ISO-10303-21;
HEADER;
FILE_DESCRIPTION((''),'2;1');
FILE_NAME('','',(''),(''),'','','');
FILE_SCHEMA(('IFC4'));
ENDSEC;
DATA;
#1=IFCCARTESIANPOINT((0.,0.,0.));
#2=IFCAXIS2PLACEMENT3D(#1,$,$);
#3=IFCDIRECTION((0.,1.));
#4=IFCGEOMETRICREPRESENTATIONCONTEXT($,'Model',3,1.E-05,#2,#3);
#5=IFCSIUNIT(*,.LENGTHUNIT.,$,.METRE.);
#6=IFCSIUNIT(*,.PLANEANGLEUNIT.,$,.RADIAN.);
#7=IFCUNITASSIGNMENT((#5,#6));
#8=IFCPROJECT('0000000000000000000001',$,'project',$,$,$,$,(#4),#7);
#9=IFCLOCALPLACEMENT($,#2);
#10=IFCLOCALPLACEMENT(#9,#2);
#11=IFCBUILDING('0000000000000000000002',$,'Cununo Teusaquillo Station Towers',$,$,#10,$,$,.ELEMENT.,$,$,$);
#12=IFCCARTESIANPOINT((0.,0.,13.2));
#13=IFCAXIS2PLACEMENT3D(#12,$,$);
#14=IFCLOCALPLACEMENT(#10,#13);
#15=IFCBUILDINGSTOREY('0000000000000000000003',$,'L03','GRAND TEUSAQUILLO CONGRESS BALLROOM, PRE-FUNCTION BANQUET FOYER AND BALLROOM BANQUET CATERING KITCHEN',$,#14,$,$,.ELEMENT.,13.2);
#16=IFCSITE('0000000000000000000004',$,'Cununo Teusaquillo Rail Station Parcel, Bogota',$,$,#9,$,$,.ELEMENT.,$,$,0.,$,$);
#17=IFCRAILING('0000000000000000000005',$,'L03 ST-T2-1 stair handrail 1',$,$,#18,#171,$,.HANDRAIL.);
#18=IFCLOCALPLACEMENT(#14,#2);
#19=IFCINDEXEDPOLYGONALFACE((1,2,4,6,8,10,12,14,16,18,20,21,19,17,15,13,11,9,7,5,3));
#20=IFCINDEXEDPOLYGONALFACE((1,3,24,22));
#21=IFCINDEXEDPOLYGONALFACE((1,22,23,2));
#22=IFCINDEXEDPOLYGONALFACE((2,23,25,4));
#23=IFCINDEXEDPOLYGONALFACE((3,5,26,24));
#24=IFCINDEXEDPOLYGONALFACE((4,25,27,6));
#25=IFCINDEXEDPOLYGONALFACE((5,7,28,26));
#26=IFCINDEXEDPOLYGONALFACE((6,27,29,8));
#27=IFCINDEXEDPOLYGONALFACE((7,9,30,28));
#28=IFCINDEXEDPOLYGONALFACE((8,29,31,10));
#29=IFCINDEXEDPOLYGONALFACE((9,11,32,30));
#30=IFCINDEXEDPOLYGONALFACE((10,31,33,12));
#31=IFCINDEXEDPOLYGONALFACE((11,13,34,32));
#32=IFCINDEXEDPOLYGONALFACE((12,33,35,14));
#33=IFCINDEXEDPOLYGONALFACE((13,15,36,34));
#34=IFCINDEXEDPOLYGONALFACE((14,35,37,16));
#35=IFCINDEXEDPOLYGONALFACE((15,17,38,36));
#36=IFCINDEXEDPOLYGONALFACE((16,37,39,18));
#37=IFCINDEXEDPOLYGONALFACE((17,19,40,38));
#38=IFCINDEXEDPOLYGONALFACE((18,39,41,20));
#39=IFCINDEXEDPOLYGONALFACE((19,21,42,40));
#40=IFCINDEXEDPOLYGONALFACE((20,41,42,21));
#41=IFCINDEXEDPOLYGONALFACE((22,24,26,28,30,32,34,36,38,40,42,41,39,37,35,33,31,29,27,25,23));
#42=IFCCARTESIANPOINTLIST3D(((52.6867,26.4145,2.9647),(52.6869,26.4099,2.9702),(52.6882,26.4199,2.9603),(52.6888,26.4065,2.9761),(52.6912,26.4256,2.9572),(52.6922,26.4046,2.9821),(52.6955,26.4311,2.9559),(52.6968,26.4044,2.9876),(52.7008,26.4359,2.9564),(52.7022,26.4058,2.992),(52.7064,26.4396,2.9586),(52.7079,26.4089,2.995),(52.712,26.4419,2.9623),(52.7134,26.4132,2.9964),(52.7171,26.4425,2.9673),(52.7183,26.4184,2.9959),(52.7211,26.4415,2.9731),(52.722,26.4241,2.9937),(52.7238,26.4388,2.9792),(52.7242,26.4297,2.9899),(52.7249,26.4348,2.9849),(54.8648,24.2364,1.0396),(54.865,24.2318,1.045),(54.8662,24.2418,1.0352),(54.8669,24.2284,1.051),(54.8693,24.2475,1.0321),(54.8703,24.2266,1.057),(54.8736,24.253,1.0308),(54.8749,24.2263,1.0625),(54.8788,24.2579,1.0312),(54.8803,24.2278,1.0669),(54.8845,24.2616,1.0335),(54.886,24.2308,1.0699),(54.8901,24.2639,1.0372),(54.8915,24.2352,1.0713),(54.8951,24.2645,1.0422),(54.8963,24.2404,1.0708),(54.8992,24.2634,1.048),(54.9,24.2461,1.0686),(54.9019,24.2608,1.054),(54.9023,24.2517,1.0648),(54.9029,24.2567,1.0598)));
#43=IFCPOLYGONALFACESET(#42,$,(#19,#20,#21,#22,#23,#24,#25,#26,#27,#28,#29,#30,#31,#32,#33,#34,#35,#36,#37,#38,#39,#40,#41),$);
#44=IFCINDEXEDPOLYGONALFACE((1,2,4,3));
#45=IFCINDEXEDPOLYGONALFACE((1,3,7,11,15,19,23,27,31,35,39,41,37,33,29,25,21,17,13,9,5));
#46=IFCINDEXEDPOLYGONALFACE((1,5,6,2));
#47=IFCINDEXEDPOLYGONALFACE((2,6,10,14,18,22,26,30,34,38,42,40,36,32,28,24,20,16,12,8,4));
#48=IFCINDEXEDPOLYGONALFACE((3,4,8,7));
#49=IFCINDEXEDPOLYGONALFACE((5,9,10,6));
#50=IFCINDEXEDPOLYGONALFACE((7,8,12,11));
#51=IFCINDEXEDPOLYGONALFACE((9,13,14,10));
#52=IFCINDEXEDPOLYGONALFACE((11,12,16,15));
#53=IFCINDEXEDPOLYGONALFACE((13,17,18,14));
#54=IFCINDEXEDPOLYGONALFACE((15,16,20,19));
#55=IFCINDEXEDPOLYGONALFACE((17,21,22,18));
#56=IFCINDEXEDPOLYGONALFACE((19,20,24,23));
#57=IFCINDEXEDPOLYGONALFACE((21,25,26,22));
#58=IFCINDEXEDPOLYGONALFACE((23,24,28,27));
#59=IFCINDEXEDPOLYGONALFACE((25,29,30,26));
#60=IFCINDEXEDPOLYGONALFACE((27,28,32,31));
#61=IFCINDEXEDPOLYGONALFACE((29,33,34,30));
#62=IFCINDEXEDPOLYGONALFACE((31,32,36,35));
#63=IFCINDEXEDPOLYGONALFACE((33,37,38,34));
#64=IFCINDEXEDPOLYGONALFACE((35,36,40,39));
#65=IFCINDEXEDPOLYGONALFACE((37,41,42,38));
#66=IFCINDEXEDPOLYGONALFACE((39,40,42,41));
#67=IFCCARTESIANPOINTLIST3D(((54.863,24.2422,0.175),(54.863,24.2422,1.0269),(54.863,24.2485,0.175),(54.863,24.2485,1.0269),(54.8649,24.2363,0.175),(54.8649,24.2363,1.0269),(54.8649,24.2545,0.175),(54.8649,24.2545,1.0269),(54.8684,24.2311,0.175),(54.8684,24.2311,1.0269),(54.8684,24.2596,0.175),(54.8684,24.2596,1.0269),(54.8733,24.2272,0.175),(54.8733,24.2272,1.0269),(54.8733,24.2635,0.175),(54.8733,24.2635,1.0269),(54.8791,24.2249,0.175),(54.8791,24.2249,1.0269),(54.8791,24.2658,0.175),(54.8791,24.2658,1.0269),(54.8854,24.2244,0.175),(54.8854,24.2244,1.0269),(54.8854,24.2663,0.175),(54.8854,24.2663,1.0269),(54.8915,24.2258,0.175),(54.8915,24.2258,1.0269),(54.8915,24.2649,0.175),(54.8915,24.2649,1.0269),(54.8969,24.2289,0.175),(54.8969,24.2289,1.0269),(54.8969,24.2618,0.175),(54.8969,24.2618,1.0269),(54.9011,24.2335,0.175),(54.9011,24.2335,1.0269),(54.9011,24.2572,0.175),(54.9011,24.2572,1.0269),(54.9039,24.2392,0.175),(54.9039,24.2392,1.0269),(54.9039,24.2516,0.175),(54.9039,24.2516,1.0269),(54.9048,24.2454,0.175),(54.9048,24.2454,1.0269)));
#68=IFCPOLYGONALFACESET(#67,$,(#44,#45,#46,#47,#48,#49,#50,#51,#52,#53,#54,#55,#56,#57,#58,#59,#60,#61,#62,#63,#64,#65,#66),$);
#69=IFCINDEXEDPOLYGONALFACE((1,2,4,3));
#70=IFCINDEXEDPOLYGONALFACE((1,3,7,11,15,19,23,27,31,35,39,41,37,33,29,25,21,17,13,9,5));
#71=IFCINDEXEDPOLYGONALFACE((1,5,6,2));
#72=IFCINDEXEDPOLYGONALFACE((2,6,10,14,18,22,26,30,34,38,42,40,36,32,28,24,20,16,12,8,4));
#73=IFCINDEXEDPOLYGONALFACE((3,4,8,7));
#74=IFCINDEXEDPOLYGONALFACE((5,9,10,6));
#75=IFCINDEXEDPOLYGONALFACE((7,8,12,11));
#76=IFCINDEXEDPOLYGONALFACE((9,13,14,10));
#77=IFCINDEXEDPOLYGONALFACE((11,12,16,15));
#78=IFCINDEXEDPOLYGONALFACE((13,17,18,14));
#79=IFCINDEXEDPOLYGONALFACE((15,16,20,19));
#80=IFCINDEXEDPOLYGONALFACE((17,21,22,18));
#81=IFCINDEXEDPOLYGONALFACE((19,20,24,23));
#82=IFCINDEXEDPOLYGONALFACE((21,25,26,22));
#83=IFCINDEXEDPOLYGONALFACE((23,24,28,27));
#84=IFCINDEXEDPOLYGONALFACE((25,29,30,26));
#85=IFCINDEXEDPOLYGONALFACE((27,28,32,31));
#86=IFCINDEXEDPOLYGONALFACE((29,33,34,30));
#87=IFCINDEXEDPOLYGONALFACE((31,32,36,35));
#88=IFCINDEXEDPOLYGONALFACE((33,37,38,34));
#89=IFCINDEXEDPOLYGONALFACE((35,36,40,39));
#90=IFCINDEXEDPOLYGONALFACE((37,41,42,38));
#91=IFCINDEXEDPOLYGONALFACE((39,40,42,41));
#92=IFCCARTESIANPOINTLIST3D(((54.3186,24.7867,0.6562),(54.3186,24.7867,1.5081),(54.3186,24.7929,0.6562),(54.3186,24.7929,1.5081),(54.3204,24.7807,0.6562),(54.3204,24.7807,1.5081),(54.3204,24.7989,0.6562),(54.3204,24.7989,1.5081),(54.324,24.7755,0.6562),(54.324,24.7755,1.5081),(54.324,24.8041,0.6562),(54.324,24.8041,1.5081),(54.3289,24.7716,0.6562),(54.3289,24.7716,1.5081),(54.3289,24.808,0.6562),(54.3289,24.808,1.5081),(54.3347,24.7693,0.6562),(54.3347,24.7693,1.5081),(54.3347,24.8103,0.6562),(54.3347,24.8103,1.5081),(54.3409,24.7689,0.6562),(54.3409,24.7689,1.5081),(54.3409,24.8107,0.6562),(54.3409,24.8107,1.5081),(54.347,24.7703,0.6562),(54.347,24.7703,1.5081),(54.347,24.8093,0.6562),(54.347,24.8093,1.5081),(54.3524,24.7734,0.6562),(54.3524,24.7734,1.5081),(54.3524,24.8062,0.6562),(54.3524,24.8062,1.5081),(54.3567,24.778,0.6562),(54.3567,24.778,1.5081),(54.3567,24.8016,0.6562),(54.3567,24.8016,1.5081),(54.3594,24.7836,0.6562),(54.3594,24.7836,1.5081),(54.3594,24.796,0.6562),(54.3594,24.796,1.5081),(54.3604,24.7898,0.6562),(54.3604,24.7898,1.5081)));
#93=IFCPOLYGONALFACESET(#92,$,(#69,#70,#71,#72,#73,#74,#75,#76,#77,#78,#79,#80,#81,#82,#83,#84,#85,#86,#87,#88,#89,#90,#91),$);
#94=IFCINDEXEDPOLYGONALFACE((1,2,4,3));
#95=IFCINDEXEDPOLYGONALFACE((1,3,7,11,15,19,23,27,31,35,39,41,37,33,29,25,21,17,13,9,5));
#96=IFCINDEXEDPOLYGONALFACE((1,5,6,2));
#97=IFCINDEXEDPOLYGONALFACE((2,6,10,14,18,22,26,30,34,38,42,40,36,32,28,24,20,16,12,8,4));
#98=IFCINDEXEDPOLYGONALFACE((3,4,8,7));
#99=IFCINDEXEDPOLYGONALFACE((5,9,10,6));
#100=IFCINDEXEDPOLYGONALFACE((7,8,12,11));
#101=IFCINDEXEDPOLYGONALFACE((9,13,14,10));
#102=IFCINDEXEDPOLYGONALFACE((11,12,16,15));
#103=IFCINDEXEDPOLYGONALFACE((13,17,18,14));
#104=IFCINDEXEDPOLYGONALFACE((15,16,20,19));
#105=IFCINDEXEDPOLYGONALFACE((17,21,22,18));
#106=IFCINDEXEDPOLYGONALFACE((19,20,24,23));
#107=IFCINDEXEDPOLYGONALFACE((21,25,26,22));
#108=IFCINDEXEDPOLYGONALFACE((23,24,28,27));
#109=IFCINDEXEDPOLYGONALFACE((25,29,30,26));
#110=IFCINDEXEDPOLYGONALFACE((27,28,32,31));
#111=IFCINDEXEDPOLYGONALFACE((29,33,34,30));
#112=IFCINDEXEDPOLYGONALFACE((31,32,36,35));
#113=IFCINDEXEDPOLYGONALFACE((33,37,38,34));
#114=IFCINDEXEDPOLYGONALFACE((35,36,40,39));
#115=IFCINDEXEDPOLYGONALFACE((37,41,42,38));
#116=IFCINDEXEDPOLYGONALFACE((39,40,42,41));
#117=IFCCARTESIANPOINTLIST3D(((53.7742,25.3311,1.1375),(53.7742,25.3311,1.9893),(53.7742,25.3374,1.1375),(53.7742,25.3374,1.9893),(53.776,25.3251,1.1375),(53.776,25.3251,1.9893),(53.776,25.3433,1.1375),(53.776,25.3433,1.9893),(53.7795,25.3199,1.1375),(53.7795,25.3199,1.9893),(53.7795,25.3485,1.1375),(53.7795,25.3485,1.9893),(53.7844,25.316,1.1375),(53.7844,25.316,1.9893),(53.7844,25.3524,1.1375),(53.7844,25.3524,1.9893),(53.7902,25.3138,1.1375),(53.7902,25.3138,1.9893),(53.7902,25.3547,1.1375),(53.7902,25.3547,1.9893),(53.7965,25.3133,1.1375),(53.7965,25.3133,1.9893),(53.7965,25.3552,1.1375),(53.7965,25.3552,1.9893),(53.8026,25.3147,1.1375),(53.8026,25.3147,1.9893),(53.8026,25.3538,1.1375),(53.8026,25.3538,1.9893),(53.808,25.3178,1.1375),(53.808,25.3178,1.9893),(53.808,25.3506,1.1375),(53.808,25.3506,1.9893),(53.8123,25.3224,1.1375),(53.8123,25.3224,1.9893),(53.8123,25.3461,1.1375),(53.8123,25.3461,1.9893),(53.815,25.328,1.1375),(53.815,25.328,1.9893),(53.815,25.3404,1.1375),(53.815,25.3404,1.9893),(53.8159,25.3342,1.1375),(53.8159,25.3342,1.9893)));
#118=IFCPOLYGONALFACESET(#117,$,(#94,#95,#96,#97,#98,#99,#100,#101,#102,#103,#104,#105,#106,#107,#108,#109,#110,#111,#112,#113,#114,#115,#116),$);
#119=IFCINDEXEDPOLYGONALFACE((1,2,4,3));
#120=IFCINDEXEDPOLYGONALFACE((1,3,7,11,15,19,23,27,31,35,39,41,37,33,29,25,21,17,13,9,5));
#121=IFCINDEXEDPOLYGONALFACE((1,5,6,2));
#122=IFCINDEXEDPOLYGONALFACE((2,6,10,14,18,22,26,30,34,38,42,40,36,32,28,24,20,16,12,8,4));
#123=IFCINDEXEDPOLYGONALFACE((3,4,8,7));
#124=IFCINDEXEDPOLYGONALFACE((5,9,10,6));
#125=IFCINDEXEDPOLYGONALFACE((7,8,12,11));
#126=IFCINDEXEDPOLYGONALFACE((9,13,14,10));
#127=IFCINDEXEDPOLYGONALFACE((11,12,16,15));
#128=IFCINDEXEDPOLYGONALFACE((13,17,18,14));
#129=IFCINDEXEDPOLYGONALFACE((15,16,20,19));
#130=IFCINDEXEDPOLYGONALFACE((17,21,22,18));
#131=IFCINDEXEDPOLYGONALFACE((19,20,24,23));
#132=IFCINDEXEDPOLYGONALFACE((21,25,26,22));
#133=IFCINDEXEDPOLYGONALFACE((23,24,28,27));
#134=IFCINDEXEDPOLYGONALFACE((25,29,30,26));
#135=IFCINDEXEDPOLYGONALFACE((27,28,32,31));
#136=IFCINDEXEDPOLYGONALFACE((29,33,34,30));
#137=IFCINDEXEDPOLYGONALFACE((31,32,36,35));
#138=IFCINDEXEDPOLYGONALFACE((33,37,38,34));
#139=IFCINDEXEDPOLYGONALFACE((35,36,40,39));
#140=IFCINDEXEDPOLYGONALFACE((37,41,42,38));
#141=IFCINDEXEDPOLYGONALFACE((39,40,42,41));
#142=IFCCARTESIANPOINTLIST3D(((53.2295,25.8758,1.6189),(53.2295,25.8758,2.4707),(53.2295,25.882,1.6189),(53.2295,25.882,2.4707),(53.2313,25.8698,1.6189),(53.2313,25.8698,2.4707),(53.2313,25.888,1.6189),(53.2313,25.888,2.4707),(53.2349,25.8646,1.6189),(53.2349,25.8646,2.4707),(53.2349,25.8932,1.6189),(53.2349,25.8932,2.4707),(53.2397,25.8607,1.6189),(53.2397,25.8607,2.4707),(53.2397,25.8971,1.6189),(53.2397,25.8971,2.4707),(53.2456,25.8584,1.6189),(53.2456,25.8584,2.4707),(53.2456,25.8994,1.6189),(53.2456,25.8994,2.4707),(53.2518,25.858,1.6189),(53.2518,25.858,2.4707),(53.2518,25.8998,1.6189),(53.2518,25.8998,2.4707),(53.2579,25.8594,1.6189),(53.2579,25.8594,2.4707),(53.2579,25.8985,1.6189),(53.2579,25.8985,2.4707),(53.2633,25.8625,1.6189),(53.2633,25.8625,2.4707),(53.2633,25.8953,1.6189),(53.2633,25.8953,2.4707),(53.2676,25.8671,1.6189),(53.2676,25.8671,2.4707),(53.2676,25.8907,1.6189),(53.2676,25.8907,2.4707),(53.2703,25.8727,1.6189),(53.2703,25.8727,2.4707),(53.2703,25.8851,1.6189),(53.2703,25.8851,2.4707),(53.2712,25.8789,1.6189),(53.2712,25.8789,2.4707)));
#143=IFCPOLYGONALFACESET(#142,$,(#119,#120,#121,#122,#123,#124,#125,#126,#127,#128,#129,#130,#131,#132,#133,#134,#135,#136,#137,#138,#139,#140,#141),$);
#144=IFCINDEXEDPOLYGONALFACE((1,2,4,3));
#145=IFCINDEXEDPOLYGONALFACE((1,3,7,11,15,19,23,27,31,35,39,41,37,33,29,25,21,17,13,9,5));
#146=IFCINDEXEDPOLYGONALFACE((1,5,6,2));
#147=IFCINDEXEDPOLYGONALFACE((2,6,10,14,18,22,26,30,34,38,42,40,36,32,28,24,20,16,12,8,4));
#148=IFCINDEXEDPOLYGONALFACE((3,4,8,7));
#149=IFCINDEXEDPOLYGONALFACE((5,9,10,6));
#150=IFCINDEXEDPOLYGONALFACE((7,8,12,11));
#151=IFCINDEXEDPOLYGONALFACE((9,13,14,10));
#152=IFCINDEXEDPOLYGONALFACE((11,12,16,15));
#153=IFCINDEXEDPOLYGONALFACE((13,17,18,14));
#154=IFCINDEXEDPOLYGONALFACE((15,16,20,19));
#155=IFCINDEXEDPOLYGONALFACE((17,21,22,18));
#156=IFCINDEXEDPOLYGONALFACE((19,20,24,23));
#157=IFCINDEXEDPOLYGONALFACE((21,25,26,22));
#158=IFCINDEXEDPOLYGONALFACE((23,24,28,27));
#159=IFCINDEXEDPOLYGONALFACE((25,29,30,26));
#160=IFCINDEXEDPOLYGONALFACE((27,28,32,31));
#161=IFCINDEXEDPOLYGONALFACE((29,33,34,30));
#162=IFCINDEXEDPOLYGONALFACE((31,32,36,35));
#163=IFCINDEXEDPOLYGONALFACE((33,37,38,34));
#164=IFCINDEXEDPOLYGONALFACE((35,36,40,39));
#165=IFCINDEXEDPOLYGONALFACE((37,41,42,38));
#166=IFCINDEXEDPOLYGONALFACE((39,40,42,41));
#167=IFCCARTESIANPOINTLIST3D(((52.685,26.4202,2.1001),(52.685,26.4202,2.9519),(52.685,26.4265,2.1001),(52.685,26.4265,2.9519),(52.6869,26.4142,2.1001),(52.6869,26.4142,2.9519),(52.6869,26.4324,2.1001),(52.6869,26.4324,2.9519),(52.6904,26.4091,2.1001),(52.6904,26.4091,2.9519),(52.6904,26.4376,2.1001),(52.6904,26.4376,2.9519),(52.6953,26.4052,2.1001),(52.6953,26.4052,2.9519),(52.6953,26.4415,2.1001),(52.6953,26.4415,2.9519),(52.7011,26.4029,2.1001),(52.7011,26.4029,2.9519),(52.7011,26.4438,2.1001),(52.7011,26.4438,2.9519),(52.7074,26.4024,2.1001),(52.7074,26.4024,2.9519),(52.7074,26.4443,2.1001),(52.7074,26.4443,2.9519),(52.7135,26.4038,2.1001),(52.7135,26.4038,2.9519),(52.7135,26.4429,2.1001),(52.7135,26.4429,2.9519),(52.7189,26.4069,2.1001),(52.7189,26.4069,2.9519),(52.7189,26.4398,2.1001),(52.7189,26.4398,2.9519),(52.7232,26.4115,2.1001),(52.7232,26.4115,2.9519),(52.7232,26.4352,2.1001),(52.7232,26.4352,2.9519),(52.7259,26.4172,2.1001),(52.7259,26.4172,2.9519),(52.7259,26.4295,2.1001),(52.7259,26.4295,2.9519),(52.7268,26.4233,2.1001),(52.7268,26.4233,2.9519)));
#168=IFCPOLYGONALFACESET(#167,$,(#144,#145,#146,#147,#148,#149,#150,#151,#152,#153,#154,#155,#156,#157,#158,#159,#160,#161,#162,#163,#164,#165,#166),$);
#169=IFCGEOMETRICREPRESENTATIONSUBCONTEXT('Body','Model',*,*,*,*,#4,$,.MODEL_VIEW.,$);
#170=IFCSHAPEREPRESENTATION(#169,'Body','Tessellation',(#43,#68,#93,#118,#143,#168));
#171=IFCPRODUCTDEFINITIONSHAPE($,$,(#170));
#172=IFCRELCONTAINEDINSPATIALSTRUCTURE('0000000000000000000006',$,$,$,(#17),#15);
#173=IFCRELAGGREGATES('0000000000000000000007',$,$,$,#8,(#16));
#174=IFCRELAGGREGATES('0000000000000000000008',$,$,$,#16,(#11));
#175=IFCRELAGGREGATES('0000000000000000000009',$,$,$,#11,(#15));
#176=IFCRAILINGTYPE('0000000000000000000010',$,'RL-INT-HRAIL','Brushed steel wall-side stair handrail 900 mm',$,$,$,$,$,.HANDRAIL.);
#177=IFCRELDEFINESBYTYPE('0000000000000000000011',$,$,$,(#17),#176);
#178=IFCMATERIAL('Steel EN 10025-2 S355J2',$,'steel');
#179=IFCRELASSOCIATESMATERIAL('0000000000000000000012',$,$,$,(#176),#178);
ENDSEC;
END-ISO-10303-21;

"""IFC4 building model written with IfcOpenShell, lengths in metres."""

from ifc_helpers import new_model, si_unit, direction, frame, origin, origin_2d, place, context, subcontext, project, spatial, circle, extrude, material, type_object, element, save


model = new_model("IFC4")

# Units and contexts
model_context = context("Model", 3, precision=1e-05, world=origin(), true_north=direction((0.0, 1.0)))
body_context = subcontext(model_context, "Body", "Model", "MODEL_VIEW")
ifc_project = project(units=[si_unit("LENGTHUNIT", "METRE"), si_unit("PLANEANGLEUNIT", "RADIAN")], contexts=[model_context])

# Site, building, storey
site_placement = place(None, origin())
site = spatial("IfcSite", under=ifc_project, at=site_placement, Name="Cununo Teusaquillo Rail Station Parcel, Bogota", CompositionType="ELEMENT", RefElevation=0.0)
building_placement = place(site_placement, origin())
building = spatial("IfcBuilding", under=site, at=building_placement, Name="Cununo Teusaquillo Station Towers", CompositionType="ELEMENT")
storey_placement = place(building_placement, frame((0.0, 0.0, 13.2)))
storey = spatial("IfcBuildingStorey", under=building, at=storey_placement, Name="L03", Description="GRAND TEUSAQUILLO CONGRESS BALLROOM, PRE-FUNCTION BANQUET FOYER AND BALLROOM BANQUET CATERING KITCHEN", CompositionType="ELEMENT", Elevation=13.2)

# Railing
ifc_material_1 = material(Name="Steel EN 10025-2 S355J2", Category="steel")
railing_type_1 = type_object("IfcRailingType", Name="RL-INT-HRAIL", Description="Brushed steel wall-side stair handrail 900 mm", PredefinedType="HANDRAIL", material=ifc_material_1)
railing_1_placement = place(storey_placement, frame((54.8838, 24.2454, 0.175)))
element("IfcRailing", 1, at=railing_1_placement, inside=storey, type_object=railing_type_1, Name="L03 ST-T2-1 stair handrail 1", PredefinedType="HANDRAIL", context=body_context, shape_type="SweptSolid", body=[
    extrude(circle(Radius=0.0239, at=origin_2d()), frame((0.0, 0.0, 0.876), z_axis=(-0.599628, 0.599628, 0.529993), x_axis=(-0.707107, -0.707107, 0.0)), (0.0, 0.0, 1.0), 3.6323),
    extrude(circle(Radius=0.021, at=origin_2d()), origin(), (0.0, 0.0, 1.0), 0.8518),
    extrude(circle(Radius=0.021, at=origin_2d()), frame((-0.5444, 0.5444, 0.4812)), (0.0, 0.0, 1.0), 0.8518),
    extrude(circle(Radius=0.021, at=origin_2d()), frame((-1.0889, 1.0889, 0.9624)), (0.0, 0.0, 1.0), 0.8518),
    extrude(circle(Radius=0.021, at=origin_2d()), frame((-1.6335, 1.6335, 1.4438)), (0.0, 0.0, 1.0), 0.8518),
    extrude(circle(Radius=0.021, at=origin_2d()), frame((-2.178, 2.178, 1.925)), (0.0, 0.0, 1.0), 0.8518),
])

save(model, "model.ifc")
